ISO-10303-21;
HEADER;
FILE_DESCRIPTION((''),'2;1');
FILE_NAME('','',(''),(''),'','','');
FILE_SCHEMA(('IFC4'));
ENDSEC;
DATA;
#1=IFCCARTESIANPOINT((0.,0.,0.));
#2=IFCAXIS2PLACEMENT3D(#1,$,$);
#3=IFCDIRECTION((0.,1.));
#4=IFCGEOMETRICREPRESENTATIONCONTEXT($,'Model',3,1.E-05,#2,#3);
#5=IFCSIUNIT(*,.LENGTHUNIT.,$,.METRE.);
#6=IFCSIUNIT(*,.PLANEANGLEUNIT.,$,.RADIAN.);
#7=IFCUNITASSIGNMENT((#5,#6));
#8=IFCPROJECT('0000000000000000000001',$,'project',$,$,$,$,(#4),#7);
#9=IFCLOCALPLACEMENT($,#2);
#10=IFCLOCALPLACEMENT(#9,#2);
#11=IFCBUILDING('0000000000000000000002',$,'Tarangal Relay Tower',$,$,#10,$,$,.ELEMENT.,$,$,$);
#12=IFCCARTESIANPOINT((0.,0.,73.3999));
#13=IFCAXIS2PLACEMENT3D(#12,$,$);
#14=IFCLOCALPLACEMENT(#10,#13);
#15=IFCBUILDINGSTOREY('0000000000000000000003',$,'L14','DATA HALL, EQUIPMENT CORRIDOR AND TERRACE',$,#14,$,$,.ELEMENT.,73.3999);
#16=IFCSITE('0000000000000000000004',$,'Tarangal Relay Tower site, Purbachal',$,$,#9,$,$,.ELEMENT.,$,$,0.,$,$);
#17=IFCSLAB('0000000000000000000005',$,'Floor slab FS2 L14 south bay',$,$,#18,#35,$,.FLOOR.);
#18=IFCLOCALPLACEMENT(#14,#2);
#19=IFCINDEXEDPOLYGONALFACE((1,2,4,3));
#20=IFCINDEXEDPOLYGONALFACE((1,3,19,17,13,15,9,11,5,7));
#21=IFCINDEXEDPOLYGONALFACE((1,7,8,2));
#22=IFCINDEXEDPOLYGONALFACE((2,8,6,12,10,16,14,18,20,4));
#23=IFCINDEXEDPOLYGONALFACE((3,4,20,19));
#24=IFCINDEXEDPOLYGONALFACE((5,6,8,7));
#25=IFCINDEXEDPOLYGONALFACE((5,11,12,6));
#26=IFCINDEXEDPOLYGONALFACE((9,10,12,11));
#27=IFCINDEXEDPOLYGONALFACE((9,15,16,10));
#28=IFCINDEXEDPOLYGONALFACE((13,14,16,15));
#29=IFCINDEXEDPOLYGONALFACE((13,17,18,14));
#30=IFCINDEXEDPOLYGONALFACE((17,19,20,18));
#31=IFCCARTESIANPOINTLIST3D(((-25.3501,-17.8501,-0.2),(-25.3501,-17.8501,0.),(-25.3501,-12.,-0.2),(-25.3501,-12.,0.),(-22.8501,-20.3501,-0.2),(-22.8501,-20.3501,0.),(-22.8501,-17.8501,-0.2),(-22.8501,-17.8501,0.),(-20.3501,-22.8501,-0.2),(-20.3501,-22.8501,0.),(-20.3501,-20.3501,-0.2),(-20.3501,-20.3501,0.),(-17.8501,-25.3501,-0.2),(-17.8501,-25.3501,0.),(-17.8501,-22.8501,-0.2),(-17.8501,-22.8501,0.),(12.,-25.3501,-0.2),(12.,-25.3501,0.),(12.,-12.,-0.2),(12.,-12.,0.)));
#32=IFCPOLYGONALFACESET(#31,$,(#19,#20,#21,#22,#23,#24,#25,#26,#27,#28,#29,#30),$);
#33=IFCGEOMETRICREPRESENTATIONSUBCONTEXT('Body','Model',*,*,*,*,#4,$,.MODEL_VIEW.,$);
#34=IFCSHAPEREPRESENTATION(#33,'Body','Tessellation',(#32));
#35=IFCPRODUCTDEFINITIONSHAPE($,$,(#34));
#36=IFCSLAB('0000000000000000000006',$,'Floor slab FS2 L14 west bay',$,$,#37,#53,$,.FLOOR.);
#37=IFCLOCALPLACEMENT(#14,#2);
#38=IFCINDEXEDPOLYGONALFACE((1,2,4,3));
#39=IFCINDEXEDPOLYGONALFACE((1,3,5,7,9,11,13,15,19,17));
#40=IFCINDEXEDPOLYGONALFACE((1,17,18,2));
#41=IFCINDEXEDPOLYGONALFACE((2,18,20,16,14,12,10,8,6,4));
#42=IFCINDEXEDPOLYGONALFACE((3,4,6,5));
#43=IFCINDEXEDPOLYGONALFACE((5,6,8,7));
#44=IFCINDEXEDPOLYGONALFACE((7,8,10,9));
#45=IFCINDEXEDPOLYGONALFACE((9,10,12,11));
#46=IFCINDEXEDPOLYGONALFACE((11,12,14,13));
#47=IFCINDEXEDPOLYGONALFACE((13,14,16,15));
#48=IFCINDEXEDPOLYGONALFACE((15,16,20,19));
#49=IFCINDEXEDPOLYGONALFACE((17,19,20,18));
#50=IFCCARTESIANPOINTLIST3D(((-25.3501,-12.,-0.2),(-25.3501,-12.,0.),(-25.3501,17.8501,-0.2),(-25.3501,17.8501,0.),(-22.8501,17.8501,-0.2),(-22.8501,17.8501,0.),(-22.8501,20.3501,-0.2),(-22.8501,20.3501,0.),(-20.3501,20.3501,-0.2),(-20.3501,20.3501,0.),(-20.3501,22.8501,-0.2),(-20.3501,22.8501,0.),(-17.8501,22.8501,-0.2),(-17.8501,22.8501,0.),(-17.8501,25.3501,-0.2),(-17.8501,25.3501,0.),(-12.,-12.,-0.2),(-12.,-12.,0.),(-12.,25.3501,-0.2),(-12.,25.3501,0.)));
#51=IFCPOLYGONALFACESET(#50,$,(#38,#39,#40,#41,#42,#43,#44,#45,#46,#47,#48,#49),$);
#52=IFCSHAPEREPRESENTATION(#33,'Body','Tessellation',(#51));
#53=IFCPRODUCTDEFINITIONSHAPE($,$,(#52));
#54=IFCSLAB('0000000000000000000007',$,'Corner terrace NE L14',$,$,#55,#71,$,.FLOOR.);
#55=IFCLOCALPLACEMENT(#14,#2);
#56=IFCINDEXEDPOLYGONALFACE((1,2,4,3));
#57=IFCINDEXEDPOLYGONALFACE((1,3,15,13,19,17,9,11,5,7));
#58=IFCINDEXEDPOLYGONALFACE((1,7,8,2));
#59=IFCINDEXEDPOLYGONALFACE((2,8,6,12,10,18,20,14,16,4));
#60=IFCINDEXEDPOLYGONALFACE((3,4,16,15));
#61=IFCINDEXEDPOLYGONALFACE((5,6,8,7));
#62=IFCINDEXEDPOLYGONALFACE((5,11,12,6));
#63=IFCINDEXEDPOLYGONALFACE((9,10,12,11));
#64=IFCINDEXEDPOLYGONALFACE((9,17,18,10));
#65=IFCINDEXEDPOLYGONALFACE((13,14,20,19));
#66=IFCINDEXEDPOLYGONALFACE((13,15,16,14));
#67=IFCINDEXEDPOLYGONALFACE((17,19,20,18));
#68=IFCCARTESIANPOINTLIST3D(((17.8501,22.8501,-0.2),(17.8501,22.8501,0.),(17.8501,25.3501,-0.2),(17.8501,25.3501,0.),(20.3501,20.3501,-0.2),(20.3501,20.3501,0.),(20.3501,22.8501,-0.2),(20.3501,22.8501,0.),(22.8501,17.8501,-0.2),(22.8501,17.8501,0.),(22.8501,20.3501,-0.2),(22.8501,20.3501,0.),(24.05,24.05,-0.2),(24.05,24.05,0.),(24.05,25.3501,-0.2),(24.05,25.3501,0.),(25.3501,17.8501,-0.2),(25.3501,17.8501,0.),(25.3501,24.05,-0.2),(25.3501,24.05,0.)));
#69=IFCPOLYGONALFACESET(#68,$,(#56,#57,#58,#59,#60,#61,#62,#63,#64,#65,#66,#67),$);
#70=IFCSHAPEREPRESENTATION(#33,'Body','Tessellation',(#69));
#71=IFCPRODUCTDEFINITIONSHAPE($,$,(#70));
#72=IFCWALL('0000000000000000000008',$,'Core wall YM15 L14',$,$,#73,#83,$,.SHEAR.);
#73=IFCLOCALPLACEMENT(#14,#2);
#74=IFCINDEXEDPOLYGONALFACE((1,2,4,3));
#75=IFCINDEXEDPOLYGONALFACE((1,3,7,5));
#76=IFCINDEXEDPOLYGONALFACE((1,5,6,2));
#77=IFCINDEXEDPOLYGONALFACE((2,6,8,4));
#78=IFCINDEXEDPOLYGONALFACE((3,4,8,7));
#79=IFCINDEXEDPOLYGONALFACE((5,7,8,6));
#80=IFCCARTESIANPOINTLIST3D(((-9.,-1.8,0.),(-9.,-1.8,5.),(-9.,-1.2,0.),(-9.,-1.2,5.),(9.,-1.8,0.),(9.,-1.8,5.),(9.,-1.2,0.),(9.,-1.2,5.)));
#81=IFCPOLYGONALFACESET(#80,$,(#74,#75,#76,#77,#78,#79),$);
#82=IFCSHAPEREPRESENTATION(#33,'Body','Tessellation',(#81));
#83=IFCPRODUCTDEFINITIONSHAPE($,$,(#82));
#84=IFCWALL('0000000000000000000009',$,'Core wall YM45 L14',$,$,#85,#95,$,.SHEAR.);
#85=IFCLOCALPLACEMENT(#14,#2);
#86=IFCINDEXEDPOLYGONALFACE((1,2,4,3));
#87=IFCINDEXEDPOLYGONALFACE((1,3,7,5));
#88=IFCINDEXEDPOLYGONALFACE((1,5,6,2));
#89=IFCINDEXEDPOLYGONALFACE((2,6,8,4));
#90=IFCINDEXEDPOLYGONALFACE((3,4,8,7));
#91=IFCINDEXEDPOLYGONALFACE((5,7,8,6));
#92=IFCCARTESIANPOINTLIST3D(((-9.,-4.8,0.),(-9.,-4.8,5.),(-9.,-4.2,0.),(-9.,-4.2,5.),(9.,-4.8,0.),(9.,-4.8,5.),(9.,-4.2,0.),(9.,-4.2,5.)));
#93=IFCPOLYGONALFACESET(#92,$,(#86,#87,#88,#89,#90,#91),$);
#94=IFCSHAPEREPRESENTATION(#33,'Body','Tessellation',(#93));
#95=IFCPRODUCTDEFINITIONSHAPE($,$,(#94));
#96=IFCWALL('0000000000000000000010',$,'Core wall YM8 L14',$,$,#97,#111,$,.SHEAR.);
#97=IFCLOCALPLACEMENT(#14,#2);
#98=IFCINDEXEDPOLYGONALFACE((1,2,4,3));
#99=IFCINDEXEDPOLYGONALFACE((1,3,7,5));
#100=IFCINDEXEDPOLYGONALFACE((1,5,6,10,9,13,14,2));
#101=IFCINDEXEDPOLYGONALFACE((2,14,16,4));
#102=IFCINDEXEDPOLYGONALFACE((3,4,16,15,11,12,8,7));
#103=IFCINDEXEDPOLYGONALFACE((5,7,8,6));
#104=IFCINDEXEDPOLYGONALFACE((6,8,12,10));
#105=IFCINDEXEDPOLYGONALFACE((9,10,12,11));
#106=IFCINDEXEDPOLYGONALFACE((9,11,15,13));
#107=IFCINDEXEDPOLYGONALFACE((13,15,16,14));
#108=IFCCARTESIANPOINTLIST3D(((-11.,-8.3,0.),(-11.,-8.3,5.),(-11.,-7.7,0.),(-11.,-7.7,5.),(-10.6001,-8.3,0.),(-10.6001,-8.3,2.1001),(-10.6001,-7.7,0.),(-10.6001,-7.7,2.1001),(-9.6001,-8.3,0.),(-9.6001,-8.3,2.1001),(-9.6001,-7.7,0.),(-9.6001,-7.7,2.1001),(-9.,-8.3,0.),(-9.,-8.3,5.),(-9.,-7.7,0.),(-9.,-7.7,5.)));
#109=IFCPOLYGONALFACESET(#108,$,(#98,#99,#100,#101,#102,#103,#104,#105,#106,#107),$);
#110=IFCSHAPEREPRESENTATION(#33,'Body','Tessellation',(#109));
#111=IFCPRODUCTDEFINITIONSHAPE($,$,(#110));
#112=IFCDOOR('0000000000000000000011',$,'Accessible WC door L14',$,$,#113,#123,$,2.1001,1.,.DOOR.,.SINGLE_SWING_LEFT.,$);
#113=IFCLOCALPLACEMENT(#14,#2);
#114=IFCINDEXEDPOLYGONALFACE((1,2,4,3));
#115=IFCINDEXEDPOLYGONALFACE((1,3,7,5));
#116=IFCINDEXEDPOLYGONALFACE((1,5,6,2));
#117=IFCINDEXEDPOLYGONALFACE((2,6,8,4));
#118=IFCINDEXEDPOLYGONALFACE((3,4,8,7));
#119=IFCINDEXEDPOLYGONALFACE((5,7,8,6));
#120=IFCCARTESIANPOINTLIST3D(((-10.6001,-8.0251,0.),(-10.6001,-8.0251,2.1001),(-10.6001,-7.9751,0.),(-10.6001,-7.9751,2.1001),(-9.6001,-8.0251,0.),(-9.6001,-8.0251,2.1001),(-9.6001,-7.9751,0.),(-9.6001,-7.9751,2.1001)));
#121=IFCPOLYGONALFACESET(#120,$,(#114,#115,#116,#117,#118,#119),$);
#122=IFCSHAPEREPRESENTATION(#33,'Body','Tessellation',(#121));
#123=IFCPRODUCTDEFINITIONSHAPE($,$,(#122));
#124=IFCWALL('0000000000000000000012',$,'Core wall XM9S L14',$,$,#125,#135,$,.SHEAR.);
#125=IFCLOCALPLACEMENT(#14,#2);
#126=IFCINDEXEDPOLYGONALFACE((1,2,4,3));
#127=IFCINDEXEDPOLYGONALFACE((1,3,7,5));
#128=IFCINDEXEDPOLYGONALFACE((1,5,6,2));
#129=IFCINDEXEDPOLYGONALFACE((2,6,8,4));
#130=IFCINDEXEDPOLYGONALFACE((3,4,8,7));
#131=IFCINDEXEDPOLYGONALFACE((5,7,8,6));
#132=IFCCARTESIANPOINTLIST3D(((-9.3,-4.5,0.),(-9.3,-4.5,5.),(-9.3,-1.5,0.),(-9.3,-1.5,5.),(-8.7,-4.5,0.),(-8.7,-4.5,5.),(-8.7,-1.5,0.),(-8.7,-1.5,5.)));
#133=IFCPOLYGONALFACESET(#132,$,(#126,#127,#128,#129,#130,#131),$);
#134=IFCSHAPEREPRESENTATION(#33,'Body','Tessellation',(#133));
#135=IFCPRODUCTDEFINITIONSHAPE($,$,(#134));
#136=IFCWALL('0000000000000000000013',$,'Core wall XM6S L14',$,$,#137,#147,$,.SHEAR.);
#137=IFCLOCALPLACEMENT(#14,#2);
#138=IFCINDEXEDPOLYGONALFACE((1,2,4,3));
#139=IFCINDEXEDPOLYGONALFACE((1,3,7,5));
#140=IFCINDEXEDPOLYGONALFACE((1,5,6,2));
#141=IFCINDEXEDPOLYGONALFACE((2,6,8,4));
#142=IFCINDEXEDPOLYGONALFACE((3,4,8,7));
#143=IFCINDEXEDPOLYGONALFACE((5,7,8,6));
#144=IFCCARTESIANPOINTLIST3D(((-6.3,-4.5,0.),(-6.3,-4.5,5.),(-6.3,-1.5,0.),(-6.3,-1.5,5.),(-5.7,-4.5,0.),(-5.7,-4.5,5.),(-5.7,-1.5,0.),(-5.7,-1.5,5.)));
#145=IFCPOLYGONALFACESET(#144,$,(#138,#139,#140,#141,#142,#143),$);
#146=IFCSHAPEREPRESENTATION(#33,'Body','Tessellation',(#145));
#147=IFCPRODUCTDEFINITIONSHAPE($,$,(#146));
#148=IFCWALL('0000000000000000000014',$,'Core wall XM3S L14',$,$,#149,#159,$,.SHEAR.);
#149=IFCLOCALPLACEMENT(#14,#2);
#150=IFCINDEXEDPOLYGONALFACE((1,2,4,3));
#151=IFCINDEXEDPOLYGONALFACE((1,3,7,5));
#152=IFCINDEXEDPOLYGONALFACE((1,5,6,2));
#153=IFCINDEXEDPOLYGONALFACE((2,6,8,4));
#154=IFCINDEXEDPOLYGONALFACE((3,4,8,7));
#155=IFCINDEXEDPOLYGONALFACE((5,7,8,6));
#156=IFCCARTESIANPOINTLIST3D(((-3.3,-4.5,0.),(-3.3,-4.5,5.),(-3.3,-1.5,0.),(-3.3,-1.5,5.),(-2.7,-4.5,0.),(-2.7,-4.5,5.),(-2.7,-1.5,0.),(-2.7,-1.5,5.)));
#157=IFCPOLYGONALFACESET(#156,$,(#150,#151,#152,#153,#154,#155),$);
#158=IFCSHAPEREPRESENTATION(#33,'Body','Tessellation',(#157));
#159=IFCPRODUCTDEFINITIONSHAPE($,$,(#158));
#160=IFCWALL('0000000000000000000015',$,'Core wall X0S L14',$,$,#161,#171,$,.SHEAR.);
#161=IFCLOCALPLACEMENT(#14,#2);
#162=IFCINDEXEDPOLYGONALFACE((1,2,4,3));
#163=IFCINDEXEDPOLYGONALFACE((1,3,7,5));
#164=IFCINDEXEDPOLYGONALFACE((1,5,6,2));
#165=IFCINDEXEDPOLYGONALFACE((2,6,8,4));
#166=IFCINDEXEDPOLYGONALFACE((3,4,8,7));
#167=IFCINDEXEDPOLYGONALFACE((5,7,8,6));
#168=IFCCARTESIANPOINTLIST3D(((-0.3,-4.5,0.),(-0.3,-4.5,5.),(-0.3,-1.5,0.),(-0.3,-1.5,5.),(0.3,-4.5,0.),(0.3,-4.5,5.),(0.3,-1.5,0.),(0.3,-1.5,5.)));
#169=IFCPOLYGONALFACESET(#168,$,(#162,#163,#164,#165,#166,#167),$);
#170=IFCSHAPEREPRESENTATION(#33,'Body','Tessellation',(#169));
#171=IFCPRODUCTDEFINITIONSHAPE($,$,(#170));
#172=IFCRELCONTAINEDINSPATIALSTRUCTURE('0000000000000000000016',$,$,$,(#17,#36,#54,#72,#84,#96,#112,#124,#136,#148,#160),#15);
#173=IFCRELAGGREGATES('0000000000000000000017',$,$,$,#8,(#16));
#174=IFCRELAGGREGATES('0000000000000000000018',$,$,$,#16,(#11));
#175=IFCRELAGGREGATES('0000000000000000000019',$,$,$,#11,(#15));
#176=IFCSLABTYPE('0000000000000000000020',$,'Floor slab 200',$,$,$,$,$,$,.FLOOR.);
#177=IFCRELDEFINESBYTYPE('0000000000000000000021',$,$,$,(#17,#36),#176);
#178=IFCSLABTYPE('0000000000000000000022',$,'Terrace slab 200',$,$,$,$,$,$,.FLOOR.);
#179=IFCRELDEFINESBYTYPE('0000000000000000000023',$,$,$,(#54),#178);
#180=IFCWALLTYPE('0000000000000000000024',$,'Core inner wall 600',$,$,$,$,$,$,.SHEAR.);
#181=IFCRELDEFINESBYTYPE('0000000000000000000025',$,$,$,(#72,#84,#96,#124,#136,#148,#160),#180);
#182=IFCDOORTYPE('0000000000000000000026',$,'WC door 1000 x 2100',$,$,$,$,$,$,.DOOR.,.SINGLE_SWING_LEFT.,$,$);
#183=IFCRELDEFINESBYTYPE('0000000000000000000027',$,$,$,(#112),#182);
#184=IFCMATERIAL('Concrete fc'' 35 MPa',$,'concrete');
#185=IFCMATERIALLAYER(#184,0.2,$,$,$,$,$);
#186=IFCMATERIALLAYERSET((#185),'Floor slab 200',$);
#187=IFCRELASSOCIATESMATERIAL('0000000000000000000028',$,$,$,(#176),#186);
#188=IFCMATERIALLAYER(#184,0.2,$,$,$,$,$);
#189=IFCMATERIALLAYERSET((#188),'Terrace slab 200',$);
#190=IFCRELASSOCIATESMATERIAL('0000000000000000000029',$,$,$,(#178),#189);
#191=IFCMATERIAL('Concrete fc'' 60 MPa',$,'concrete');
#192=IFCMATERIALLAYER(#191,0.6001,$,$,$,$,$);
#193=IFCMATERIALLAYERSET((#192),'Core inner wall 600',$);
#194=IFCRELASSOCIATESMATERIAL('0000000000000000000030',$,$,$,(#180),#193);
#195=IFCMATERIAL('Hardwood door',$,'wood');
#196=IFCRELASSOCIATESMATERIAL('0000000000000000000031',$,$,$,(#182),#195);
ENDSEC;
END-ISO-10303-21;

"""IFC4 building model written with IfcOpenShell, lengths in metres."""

from ifc_helpers import new_model, si_unit, direction, frame, frame_2d, origin, place, context, subcontext, project, spatial, polyline, rectangle, outline, extrude, material, layer, layer_set, type_object, element, fill, save


model = new_model("IFC4")

# Units and contexts
model_context = context("Model", 3, precision=1e-05, world=origin(), true_north=direction((0.0, 1.0)))
body_context = subcontext(model_context, "Body", "Model", "MODEL_VIEW")
ifc_project = project(units=[si_unit("LENGTHUNIT", "METRE"), si_unit("PLANEANGLEUNIT", "RADIAN")], contexts=[model_context])

# Site, building, storey
site_placement = place(None, origin())
site = spatial("IfcSite", under=ifc_project, at=site_placement, Name="Tarangal Relay Tower site, Purbachal", CompositionType="ELEMENT", RefElevation=0.0)
building_placement = place(site_placement, origin())
building = spatial("IfcBuilding", under=site, at=building_placement, Name="Tarangal Relay Tower", CompositionType="ELEMENT")
storey_placement = place(building_placement, frame((0.0, 0.0, 73.3999)))
storey = spatial("IfcBuildingStorey", under=building, at=storey_placement, Name="L14", Description="DATA HALL, EQUIPMENT CORRIDOR AND TERRACE", CompositionType="ELEMENT", Elevation=73.3999)

# Slabs
ifc_material_1 = material(Name="Concrete fc' 35 MPa", Category="concrete")
ifc_layer_1 = layer(ifc_material_1, 0.2)
ifc_layer_set_1 = layer_set([ifc_layer_1], Name="Floor slab 200")
slab_type_1 = type_object("IfcSlabType", Name="Floor slab 200", PredefinedType="FLOOR", material=ifc_layer_set_1)
slab_1_placement = place(storey_placement, frame((0.0, 0.0, -0.2)))
element("IfcSlab", 1, at=slab_1_placement, inside=storey, type_object=slab_type_1, Name="Floor slab FS2 L14 south bay", PredefinedType="FLOOR", context=body_context, shape_type="SweptSolid", body=[
    extrude(outline(polyline([(-17.8501, -25.3501), (-17.8501, -22.8501), (-20.3501, -22.8501), (-20.3501, -20.3501), (-22.8501, -20.3501), (-22.8501, -17.8501), (-25.3501, -17.8501), (-25.3501, -12.0), (12.0, -12.0), (12.0, -25.3501), (-17.8501, -25.3501)])), origin(), (0.0, 0.0, 1.0), 0.2),
])
slab_2_placement = place(storey_placement, frame((0.0, 0.0, -0.2)))
element("IfcSlab", 2, at=slab_2_placement, inside=storey, type_object=slab_type_1, Name="Floor slab FS2 L14 west bay", PredefinedType="FLOOR", context=body_context, shape_type="SweptSolid", body=[
    extrude(outline(polyline([(-12.0, 25.3501), (-12.0, -12.0), (-25.3501, -12.0), (-25.3501, 17.8501), (-22.8501, 17.8501), (-22.8501, 20.3501), (-20.3501, 20.3501), (-20.3501, 22.8501), (-17.8501, 22.8501), (-17.8501, 25.3501), (-12.0, 25.3501)])), origin(), (0.0, 0.0, 1.0), 0.2),
])
ifc_layer_2 = layer(ifc_material_1, 0.2)
ifc_layer_set_2 = layer_set([ifc_layer_2], Name="Terrace slab 200")
slab_type_2 = type_object("IfcSlabType", Name="Terrace slab 200", PredefinedType="FLOOR", material=ifc_layer_set_2)
slab_3_placement = place(storey_placement, frame((0.0, 0.0, -0.2)))
element("IfcSlab", 3, at=slab_3_placement, inside=storey, type_object=slab_type_2, Name="Corner terrace NE L14", PredefinedType="FLOOR", context=body_context, shape_type="SweptSolid", body=[
    extrude(outline(polyline([(17.8501, 25.3501), (17.8501, 22.8501), (20.3501, 22.8501), (20.3501, 20.3501), (22.8501, 20.3501), (22.8501, 17.8501), (25.3501, 17.8501), (25.3501, 24.05), (24.05, 24.05), (24.05, 25.3501), (17.8501, 25.3501)])), origin(), (0.0, 0.0, 1.0), 0.2),
])

# Walls
ifc_material_2 = material(Name="Concrete fc' 60 MPa", Category="concrete")
ifc_layer_3 = layer(ifc_material_2, 0.6001)
ifc_layer_set_3 = layer_set([ifc_layer_3], Name="Core inner wall 600")
wall_type_1 = type_object("IfcWallType", Name="Core inner wall 600", PredefinedType="SHEAR", material=ifc_layer_set_3)
for number, where, z_axis, x_axis, name in (
    (4, (-9.0, -1.5, 0.0), (0.0, 0.0, 1.0), (1.0, 0.0, 0.0), "Core wall YM15 L14"),
    (5, (-9.0, -4.5, 0.0), (0.0, 0.0, 1.0), (1.0, 0.0, 0.0), "Core wall YM45 L14"),
):
    element("IfcWall", number, at=place(storey_placement, frame(where, z_axis=z_axis, x_axis=x_axis)), inside=storey, type_object=wall_type_1, Name=name, PredefinedType="SHEAR", context=body_context, shape_type="SweptSolid", body=[
        extrude(rectangle(XDim=18.0, YDim=0.6001, at=frame_2d((9.0, 0.0))), origin(), (0.0, 0.0, 1.0), 5.0),
    ])

# Wall, opening, door
wall_1_placement = place(storey_placement, frame((-11.0, -8.0, 0.0), z_axis=(0.0, 0.0, 1.0), x_axis=(1.0, 0.0, 0.0)))
wall_1 = element("IfcWall", 6, at=wall_1_placement, inside=storey, type_object=wall_type_1, Name="Core wall YM8 L14", PredefinedType="SHEAR", context=body_context, shape_type="SweptSolid", body=[
    extrude(rectangle(XDim=2.0, YDim=0.6001, at=frame_2d((1.0, 0.0))), origin(), (0.0, 0.0, 1.0), 5.0),
])
opening_1_placement = place(wall_1_placement, frame((0.3999, 0.0, 0.0)))
opening_1 = element("IfcOpeningElement", 7, at=opening_1_placement, cuts=wall_1, PredefinedType="OPENING", context=body_context, shape_type="SweptSolid", body=[
    extrude(rectangle(XDim=1.0, YDim=2.1001, at=frame_2d((0.5, 1.05))), frame((0.0, 0.3101, 0.0), z_axis=(0.0, -1.0, 0.0), x_axis=(1.0, 0.0, 0.0)), (0.0, 0.0, 1.0), 0.6201),
])
ifc_material_3 = material(Name="Hardwood door", Category="wood")
door_type = type_object("IfcDoorType", Name="WC door 1000 x 2100", OperationType="SINGLE_SWING_LEFT", PredefinedType="DOOR", material=ifc_material_3)
door_1_placement = place(opening_1_placement, origin())
door_1 = element("IfcDoor", 8, at=door_1_placement, inside=storey, type_object=door_type, Name="Accessible WC door L14", OperationType="SINGLE_SWING_LEFT", OverallHeight=2.1001, OverallWidth=1.0, PredefinedType="DOOR", context=body_context, shape_type="SweptSolid", body=[
    extrude(rectangle(XDim=1.0, YDim=2.1001, at=frame_2d((0.5, 1.05))), frame((0.0, 0.0249, 0.0), z_axis=(0.0, -1.0, 0.0), x_axis=(1.0, 0.0, 0.0)), (0.0, 0.0, 1.0), 0.05),
])
fill(opening_1, door_1)

# Walls
for number, where, z_axis, x_axis, name in (
    (9, (-9.0, -4.5, 0.0), (0.0, 0.0, 1.0), (0.0, 1.0, 0.0), "Core wall XM9S L14"),
    (10, (-6.0, -4.5, 0.0), (0.0, 0.0, 1.0), (0.0, 1.0, 0.0), "Core wall XM6S L14"),
    (11, (-3.0, -4.5, 0.0), (0.0, 0.0, 1.0), (0.0, 1.0, 0.0), "Core wall XM3S L14"),
    (12, (0.0, -4.5, 0.0), (0.0, 0.0, 1.0), (0.0, 1.0, 0.0), "Core wall X0S L14"),
):
    element("IfcWall", number, at=place(storey_placement, frame(where, z_axis=z_axis, x_axis=x_axis)), inside=storey, type_object=wall_type_1, Name=name, PredefinedType="SHEAR", context=body_context, shape_type="SweptSolid", body=[
        extrude(rectangle(XDim=3.0, YDim=0.6001, at=frame_2d((1.5, 0.0))), origin(), (0.0, 0.0, 1.0), 5.0),
    ])

save(model, "model.ifc")
